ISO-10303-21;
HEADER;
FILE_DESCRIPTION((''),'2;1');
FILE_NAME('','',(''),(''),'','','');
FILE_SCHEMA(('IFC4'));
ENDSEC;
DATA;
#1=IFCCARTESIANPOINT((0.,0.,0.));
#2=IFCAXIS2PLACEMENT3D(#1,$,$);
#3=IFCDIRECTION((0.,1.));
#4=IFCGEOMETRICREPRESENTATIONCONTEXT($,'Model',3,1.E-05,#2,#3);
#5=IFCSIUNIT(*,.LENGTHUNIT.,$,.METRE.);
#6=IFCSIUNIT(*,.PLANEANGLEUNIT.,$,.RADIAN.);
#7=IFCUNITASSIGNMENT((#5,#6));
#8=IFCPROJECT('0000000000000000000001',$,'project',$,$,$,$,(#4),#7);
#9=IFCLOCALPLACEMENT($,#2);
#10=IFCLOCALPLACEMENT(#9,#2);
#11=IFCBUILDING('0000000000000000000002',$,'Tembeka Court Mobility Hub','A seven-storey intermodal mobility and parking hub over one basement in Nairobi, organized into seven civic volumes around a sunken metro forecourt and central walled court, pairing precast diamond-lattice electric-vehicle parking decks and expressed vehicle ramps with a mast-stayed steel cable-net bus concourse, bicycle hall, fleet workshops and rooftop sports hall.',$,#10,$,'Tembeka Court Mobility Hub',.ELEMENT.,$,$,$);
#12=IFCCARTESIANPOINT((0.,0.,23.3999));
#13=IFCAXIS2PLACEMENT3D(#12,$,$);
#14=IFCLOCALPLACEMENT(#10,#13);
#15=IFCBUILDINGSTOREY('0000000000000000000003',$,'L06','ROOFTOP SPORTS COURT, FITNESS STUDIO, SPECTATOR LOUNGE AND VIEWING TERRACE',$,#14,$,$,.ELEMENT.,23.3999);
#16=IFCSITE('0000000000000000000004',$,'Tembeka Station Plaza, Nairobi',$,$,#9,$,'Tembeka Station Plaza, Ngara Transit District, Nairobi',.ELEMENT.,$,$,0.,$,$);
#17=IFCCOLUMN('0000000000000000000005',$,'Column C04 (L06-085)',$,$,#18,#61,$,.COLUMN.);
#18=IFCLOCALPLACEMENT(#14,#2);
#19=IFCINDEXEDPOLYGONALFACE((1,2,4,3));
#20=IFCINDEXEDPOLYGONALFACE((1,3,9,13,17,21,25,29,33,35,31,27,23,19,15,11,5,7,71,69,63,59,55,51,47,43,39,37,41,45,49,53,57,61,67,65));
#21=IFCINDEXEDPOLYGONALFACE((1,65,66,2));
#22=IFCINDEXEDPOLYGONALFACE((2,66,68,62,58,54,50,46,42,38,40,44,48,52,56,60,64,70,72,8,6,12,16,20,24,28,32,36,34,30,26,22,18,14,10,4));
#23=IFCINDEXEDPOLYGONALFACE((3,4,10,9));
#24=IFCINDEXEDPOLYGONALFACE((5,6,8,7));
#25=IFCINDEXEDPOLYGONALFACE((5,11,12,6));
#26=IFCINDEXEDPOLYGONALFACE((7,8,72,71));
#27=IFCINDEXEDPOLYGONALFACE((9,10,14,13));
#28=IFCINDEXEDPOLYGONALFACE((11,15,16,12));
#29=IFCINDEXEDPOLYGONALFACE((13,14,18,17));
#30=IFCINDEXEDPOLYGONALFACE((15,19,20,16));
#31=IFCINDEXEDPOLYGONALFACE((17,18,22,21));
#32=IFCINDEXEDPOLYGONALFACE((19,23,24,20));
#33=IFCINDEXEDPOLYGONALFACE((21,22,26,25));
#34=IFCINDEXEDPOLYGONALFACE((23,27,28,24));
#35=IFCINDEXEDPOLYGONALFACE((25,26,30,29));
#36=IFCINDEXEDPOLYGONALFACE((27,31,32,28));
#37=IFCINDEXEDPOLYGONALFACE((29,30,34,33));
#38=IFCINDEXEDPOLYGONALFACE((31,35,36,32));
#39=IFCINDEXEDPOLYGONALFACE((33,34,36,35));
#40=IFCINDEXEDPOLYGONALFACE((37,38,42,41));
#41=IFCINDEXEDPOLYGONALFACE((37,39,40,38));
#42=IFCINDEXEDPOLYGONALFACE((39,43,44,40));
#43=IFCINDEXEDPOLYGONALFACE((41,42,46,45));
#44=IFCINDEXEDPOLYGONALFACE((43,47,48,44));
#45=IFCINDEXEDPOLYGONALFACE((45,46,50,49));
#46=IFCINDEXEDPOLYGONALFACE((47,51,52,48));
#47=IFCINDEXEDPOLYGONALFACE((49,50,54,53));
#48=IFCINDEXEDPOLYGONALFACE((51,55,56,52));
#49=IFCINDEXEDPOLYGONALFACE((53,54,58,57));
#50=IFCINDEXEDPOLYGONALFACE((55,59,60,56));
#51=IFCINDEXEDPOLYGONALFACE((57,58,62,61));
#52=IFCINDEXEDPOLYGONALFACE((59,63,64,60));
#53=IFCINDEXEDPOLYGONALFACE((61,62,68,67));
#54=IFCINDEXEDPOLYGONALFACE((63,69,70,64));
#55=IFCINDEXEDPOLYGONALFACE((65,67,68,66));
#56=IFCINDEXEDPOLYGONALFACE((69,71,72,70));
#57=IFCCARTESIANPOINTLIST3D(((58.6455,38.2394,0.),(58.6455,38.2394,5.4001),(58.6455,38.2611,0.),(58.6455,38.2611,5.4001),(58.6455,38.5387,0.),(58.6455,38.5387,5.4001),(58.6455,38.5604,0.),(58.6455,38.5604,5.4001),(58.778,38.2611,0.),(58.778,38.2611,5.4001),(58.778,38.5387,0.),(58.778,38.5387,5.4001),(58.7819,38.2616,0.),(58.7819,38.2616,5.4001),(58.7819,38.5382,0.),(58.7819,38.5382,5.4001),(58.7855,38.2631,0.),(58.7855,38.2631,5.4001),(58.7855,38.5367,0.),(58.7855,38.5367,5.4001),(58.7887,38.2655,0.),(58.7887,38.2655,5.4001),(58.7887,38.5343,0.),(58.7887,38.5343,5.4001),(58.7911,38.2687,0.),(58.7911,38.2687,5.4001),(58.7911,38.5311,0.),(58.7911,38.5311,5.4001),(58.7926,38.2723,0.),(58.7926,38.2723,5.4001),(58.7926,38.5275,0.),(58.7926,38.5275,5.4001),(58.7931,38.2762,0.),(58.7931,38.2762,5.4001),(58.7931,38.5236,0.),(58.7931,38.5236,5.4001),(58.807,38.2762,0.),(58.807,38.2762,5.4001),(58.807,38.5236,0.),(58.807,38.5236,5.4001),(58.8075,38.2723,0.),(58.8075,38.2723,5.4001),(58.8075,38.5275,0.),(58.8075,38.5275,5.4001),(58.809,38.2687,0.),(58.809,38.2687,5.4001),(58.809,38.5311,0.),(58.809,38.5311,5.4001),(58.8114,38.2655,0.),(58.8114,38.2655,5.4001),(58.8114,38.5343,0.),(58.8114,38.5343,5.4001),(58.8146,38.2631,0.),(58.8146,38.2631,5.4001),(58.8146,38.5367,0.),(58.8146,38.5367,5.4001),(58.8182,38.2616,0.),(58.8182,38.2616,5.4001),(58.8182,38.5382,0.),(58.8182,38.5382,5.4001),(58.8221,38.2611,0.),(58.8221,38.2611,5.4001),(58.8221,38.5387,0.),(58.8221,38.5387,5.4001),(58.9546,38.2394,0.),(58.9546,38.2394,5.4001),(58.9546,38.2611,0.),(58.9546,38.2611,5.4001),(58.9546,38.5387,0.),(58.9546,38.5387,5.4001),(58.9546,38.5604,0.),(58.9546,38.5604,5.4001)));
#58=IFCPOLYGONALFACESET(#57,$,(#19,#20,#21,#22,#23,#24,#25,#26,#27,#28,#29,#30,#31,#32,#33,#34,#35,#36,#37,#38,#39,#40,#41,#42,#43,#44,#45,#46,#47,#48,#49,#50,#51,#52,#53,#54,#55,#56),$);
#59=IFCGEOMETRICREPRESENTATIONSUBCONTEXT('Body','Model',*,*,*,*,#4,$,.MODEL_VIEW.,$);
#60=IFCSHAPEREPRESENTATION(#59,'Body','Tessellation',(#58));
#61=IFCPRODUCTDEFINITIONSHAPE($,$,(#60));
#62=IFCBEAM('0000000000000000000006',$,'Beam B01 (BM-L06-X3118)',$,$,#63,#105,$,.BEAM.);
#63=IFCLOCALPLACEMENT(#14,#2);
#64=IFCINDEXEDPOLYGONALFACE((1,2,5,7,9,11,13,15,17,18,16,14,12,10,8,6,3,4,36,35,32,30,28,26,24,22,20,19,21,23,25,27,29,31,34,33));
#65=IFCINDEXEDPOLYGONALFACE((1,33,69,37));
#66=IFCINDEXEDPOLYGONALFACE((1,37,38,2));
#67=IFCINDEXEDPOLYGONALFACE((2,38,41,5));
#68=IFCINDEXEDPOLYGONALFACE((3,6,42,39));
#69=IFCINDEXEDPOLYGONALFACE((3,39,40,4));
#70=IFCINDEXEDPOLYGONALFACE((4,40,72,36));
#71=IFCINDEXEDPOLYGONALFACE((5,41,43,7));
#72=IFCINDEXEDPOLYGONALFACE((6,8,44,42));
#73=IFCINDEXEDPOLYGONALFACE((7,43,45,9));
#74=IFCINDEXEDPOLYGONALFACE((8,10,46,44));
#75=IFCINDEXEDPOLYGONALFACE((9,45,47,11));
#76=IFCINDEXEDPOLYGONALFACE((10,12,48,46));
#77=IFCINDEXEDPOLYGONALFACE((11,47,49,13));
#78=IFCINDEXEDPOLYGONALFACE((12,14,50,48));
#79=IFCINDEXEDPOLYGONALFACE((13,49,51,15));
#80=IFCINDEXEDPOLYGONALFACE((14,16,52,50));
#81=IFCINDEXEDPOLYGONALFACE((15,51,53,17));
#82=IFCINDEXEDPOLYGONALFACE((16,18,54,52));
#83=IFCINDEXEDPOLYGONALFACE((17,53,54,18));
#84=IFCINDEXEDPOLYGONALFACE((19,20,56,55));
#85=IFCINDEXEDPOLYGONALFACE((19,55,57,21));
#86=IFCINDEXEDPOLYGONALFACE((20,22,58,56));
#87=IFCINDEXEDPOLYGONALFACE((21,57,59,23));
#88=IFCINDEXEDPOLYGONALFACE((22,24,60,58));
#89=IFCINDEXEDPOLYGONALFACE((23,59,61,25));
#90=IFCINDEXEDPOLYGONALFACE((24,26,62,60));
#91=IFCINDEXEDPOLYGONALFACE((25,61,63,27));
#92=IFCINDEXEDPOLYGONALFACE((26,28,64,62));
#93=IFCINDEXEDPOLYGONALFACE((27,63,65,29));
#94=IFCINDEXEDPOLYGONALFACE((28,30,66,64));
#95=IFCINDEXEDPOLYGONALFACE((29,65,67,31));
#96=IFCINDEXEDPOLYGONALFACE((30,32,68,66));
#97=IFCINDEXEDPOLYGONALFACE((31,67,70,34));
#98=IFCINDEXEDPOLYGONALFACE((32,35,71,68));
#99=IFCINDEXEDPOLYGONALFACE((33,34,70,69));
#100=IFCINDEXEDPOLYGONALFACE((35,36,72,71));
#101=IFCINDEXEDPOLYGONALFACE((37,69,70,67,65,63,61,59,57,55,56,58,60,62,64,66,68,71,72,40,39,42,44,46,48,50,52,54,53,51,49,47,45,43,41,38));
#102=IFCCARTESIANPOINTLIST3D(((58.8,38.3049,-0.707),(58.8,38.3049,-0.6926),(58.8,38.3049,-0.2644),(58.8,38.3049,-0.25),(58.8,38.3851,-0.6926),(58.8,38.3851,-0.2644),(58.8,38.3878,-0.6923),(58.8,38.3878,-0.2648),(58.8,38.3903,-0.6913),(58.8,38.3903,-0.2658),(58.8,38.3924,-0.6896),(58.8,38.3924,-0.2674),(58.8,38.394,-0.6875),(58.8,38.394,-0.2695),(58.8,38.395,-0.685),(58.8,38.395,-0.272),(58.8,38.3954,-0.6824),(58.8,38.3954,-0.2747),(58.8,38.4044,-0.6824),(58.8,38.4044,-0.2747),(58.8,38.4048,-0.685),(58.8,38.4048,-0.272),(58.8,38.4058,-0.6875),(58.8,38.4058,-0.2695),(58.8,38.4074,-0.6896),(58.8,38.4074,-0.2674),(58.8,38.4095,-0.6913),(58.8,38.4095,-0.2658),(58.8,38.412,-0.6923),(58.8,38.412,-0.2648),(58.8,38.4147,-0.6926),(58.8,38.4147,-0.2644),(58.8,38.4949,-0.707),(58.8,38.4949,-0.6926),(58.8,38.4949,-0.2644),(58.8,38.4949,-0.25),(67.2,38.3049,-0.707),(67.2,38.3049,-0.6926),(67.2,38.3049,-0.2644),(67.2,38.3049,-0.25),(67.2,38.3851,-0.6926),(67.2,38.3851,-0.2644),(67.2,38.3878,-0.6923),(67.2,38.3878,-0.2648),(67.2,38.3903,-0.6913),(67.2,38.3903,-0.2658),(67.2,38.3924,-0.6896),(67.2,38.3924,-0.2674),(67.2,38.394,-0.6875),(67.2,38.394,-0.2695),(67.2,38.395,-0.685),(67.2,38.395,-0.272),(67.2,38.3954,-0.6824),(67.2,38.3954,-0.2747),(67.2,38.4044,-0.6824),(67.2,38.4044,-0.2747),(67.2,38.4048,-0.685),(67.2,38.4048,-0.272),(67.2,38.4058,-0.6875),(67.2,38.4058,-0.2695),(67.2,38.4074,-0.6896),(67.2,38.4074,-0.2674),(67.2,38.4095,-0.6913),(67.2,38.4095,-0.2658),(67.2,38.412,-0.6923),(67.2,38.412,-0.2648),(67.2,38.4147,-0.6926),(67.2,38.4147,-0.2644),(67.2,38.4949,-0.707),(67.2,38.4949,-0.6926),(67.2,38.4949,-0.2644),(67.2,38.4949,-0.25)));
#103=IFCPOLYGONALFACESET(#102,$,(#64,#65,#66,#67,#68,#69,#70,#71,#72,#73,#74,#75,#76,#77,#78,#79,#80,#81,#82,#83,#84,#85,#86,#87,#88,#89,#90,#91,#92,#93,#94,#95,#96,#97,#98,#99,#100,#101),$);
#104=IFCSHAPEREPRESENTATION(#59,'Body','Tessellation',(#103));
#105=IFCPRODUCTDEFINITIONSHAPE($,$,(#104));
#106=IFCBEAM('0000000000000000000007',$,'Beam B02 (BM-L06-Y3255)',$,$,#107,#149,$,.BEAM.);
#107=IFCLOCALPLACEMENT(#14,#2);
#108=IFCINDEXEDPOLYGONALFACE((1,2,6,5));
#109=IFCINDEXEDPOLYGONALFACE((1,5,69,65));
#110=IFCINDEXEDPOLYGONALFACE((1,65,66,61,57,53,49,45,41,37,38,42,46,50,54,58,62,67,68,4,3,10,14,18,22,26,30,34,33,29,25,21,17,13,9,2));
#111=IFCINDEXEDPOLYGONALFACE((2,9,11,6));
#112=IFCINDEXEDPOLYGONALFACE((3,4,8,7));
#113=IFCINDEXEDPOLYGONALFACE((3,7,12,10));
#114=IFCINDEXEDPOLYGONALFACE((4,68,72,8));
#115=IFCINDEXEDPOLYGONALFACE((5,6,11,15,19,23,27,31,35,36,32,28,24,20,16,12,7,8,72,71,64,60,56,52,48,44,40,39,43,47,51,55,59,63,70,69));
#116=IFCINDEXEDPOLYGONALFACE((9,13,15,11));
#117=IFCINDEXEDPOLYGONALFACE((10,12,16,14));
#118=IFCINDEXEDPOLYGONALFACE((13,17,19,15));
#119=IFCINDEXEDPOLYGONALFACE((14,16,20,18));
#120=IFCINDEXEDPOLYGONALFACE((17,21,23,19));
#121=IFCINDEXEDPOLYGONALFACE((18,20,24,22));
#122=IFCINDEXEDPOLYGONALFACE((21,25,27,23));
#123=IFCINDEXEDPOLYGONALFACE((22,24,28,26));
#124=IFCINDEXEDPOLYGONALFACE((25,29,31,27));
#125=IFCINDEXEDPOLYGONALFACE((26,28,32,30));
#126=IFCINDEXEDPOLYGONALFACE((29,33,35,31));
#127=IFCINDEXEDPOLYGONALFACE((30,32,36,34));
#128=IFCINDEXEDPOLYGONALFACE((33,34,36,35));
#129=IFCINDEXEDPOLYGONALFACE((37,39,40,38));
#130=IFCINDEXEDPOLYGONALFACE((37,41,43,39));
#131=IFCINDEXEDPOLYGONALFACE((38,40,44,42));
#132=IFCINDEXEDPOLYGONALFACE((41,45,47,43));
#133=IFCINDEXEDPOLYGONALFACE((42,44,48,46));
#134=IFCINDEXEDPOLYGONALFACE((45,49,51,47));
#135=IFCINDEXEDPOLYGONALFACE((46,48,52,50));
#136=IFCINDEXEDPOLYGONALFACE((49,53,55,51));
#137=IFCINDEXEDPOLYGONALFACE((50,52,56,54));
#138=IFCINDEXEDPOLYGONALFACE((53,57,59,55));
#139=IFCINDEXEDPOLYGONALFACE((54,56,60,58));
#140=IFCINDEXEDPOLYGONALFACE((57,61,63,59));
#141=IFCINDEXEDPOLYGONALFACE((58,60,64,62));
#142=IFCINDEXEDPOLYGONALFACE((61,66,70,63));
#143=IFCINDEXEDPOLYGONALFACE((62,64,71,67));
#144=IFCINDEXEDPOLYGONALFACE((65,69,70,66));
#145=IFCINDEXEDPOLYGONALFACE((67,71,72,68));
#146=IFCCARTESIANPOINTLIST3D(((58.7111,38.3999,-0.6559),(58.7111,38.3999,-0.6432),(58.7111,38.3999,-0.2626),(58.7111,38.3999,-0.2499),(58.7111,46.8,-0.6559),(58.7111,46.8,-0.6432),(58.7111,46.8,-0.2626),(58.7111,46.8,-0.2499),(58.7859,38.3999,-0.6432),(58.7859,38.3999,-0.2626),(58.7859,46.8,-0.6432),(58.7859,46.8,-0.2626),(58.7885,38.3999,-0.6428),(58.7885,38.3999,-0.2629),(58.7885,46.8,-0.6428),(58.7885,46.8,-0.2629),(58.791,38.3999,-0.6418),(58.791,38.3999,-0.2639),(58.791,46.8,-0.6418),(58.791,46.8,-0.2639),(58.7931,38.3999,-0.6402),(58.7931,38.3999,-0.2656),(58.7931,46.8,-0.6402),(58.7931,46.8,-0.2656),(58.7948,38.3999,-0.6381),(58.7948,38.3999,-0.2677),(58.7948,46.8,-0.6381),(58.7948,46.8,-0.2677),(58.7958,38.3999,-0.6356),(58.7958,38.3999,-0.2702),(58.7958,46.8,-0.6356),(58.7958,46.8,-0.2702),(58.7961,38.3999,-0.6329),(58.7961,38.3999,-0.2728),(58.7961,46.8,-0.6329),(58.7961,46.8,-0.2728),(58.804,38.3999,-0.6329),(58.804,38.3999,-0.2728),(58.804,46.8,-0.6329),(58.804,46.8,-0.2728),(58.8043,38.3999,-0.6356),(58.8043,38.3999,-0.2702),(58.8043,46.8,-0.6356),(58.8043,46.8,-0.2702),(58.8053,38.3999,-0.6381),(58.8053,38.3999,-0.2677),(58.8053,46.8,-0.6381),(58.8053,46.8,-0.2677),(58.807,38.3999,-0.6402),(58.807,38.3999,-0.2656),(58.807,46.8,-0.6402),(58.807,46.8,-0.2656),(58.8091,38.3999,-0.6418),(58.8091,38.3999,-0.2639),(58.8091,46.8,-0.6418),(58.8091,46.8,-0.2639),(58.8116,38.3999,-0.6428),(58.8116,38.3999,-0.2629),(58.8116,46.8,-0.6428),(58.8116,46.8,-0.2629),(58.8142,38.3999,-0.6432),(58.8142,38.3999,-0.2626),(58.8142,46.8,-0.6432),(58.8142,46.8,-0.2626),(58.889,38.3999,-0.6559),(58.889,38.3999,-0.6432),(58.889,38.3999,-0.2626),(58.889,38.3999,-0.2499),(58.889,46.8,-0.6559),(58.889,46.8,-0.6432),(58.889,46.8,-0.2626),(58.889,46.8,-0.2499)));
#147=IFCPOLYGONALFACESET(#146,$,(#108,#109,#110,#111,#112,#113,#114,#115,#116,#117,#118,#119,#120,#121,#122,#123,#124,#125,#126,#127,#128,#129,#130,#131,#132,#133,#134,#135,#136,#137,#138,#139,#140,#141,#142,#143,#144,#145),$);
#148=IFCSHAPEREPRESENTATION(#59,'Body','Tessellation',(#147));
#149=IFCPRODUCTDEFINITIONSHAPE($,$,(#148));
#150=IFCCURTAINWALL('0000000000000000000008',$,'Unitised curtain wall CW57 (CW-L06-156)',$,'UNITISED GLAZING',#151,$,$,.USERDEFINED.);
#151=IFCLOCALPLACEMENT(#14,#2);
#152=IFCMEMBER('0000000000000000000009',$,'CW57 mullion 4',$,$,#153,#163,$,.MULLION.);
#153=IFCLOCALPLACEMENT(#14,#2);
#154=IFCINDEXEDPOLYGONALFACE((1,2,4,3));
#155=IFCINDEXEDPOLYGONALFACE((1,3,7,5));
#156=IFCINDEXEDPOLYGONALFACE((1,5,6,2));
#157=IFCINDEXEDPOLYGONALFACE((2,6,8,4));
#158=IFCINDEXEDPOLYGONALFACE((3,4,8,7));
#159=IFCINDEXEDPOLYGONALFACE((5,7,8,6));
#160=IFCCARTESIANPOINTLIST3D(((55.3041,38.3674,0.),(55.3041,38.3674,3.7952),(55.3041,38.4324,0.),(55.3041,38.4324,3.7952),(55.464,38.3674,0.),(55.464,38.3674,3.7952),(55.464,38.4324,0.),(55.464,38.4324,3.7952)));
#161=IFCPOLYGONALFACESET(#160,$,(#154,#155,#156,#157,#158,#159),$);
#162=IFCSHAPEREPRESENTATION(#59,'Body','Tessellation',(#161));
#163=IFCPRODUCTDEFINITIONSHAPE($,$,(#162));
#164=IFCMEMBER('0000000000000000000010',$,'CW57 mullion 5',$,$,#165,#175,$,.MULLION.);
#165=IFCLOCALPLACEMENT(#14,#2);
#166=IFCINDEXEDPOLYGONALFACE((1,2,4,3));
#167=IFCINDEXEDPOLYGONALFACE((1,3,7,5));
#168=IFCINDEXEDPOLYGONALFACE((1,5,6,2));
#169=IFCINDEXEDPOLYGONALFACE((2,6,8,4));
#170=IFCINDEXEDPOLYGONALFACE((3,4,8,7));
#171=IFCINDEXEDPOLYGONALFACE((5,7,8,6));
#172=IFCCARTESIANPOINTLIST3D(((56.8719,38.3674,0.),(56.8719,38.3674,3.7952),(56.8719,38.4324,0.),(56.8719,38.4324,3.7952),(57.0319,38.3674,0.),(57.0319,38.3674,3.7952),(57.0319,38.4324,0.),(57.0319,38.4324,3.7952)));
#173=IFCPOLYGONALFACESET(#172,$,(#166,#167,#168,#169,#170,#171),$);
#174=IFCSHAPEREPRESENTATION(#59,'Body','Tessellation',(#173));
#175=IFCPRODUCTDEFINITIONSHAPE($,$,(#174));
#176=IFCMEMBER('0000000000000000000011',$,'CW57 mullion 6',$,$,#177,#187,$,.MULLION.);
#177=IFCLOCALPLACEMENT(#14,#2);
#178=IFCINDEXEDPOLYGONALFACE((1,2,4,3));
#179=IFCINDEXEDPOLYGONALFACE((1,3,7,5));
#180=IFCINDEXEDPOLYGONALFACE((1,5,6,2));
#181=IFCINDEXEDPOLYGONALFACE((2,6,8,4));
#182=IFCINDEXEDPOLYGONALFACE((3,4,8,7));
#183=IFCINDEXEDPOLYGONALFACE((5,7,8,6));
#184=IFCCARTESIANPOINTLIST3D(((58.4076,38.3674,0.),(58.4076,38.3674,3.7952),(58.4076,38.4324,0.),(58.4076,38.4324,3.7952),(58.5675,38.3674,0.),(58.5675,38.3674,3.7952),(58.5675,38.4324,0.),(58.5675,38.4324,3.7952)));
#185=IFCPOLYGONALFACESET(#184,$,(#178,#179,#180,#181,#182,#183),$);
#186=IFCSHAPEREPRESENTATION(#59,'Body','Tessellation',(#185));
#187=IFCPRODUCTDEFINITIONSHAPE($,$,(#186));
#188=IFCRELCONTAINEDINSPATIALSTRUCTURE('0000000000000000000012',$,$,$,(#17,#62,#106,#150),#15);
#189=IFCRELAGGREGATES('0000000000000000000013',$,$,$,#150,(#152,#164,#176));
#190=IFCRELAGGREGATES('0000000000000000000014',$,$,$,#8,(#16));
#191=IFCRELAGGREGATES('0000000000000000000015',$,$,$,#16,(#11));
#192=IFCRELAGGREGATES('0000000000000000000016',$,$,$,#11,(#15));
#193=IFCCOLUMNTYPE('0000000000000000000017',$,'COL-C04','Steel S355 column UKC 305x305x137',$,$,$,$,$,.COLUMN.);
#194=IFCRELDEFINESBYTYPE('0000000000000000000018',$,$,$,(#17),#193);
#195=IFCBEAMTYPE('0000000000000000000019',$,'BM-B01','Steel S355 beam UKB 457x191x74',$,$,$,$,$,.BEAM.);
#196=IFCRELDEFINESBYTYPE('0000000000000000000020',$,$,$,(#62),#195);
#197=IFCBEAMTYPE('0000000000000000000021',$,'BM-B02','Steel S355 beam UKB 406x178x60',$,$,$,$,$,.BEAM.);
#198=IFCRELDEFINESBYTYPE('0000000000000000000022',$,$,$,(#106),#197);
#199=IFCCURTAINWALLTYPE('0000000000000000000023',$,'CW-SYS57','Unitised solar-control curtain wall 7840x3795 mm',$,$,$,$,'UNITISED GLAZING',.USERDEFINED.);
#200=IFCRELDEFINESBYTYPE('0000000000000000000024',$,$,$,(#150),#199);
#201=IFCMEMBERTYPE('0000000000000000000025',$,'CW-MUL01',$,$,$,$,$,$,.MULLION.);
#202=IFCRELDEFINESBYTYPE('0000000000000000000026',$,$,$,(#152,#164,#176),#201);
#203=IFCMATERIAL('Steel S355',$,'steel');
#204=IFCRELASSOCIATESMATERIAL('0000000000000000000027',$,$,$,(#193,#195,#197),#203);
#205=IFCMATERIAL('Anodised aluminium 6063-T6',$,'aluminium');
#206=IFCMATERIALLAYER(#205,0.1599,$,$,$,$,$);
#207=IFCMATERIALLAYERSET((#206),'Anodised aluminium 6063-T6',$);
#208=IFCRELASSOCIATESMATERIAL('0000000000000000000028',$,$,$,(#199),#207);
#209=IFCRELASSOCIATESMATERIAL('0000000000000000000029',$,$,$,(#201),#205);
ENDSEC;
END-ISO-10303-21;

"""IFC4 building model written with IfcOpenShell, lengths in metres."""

from ifc_helpers import new_model, si_unit, direction, frame, origin, origin_2d, place, context, subcontext, project, spatial, rectangle, i_section, extrude, material, layer, layer_set, material_profile, profile_set, type_object, element, aggregate, save


model = new_model("IFC4")

# Units and contexts
model_context = context("Model", 3, precision=1e-05, world=origin(), true_north=direction((0.0, 1.0)))
body_context = subcontext(model_context, "Body", "Model", "MODEL_VIEW")
ifc_project = project(units=[si_unit("LENGTHUNIT", "METRE"), si_unit("PLANEANGLEUNIT", "RADIAN")], contexts=[model_context])

# Site, building, storey
site_placement = place(None, origin())
site = spatial("IfcSite", under=ifc_project, at=site_placement, Name="Tembeka Station Plaza, Nairobi", LongName="Tembeka Station Plaza, Ngara Transit District, Nairobi", CompositionType="ELEMENT", RefElevation=0.0)
building_placement = place(site_placement, origin())
building = spatial("IfcBuilding", under=site, at=building_placement, Name="Tembeka Court Mobility Hub", Description="A seven-storey intermodal mobility and parking hub over one basement in Nairobi, organized into seven civic volumes around a sunken metro forecourt and central walled court, pairing precast diamond-lattice electric-vehicle parking decks and expressed vehicle ramps with a mast-stayed steel cable-net bus concourse, bicycle hall, fleet workshops and rooftop sports hall.", LongName="Tembeka Court Mobility Hub", CompositionType="ELEMENT")
storey_placement = place(building_placement, frame((0.0, 0.0, 23.3999)))
storey = spatial("IfcBuildingStorey", under=building, at=storey_placement, Name="L06", Description="ROOFTOP SPORTS COURT, FITNESS STUDIO, SPECTATOR LOUNGE AND VIEWING TERRACE", CompositionType="ELEMENT", Elevation=23.3999)

# Column
ifc_material_1 = material(Name="Steel S355", Category="steel")
ifc_material_profile_1 = material_profile(ifc_material_1, i_section(OverallWidth=0.3091, OverallDepth=0.321, WebThickness=0.0139, FlangeThickness=0.0217, FilletRadius=0.0151, at=origin_2d()), Name="UKC 305x305x137")
ifc_profile_set_1 = profile_set([ifc_material_profile_1], Name="Steel S355")
column_type = type_object("IfcColumnType", Name="COL-C04", Description="Steel S355 column UKC 305x305x137", PredefinedType="COLUMN", material=ifc_profile_set_1)
column_placement = place(storey_placement, frame((58.8, 38.3999, 0.0), z_axis=(0.0, 0.0, 1.0), x_axis=(1.0, 0.0, 0.0)))
element("IfcColumn", 1, at=column_placement, inside=storey, type_object=column_type, Name="Column C04 (L06-085)", PredefinedType="COLUMN", context=body_context, shape_type="SweptSolid", body=[
    extrude(i_section(OverallWidth=0.3091, OverallDepth=0.321, WebThickness=0.0139, FlangeThickness=0.0217, FilletRadius=0.0151, at=origin_2d()), origin(), (0.0, 0.0, 1.0), 5.4001),
])

# Beams
ifc_material_profile_2 = material_profile(ifc_material_1, i_section(OverallWidth=0.1899, OverallDepth=0.457, WebThickness=0.009, FlangeThickness=0.0144, FilletRadius=0.0103, at=origin_2d()), Name="UKB 457x191x74")
ifc_profile_set_2 = profile_set([ifc_material_profile_2], Name="Steel S355")
beam_type_1 = type_object("IfcBeamType", Name="BM-B01", Description="Steel S355 beam UKB 457x191x74", PredefinedType="BEAM", material=ifc_profile_set_2)
beam_1_placement = place(storey_placement, frame((58.8, 38.3999, -0.4785), z_axis=(1.0, 0.0, 0.0), x_axis=(0.0, 1.0, 0.0)))
element("IfcBeam", 2, at=beam_1_placement, inside=storey, type_object=beam_type_1, Name="Beam B01 (BM-L06-X3118)", PredefinedType="BEAM", context=body_context, shape_type="SweptSolid", body=[
    extrude(i_section(OverallWidth=0.1899, OverallDepth=0.457, WebThickness=0.009, FlangeThickness=0.0144, FilletRadius=0.0103, at=origin_2d()), origin(), (0.0, 0.0, 1.0), 8.3999),
])
ifc_material_profile_3 = material_profile(ifc_material_1, i_section(OverallWidth=0.178, OverallDepth=0.406, WebThickness=0.0078, FlangeThickness=0.0127, FilletRadius=0.0103, at=origin_2d()), Name="UKB 406x178x60")
ifc_profile_set_3 = profile_set([ifc_material_profile_3], Name="Steel S355")
beam_type_2 = type_object("IfcBeamType", Name="BM-B02", Description="Steel S355 beam UKB 406x178x60", PredefinedType="BEAM", material=ifc_profile_set_3)
beam_2_placement = place(storey_placement, frame((58.8, 38.3999, -0.4529), z_axis=(0.0, 1.0, 0.0), x_axis=(-1.0, 0.0, 0.0)))
element("IfcBeam", 3, at=beam_2_placement, inside=storey, type_object=beam_type_2, Name="Beam B02 (BM-L06-Y3255)", PredefinedType="BEAM", context=body_context, shape_type="SweptSolid", body=[
    extrude(i_section(OverallWidth=0.178, OverallDepth=0.406, WebThickness=0.0078, FlangeThickness=0.0127, FilletRadius=0.0103, at=origin_2d()), origin(), (0.0, 0.0, 1.0), 8.4001),
])

# Curtain wall, members
ifc_material_2 = material(Name="Anodised aluminium 6063-T6", Category="aluminium")
ifc_layer_1 = layer(ifc_material_2, 0.1599)
ifc_layer_set_1 = layer_set([ifc_layer_1], Name="Anodised aluminium 6063-T6")
curtain_wall_type = type_object("IfcCurtainWallType", Name="CW-SYS57", Description="Unitised solar-control curtain wall 7840x3795 mm", ElementType="UNITISED GLAZING", PredefinedType="USERDEFINED", material=ifc_layer_set_1)
curtain_wall_1_placement = place(storey_placement, origin())
curtain_wall_1 = element("IfcCurtainWall", 4, at=curtain_wall_1_placement, inside=storey, type_object=curtain_wall_type, Name="Unitised curtain wall CW57 (CW-L06-156)", ObjectType="UNITISED GLAZING", PredefinedType="USERDEFINED")
ifc_material_profile_4 = material_profile(ifc_material_2, rectangle(XDim=0.0649, YDim=0.1599, at=origin_2d()), Name="ALU-MUL 65x160")
ifc_profile_set_4 = profile_set([ifc_material_profile_4], Name="Anodised aluminium 6063-T6")
member_type_1 = type_object("IfcMemberType", Name="CW-MUL01", PredefinedType="MULLION", material=ifc_profile_set_4)
member_1_placement = place(storey_placement, frame((55.384, 38.3999, 0.0), z_axis=(0.0, 0.0, 1.0), x_axis=(0.0, 1.0, 0.0)))
member_1 = element("IfcMember", 5, at=member_1_placement, type_object=member_type_1, Name="CW57 mullion 4", PredefinedType="MULLION", context=body_context, shape_type="SweptSolid", body=[
    extrude(rectangle(XDim=0.0649, YDim=0.1599, at=origin_2d()), origin(), (0.0, 0.0, 1.0), 3.7952),
])
member_2_placement = place(storey_placement, frame((56.9519, 38.3999, 0.0), z_axis=(0.0, 0.0, 1.0), x_axis=(0.0, 1.0, 0.0)))
member_2 = element("IfcMember", 6, at=member_2_placement, type_object=member_type_1, Name="CW57 mullion 5", PredefinedType="MULLION", context=body_context, shape_type="SweptSolid", body=[
    extrude(rectangle(XDim=0.0649, YDim=0.1599, at=origin_2d()), origin(), (0.0, 0.0, 1.0), 3.7952),
])
member_3_placement = place(storey_placement, frame((58.4875, 38.3999, 0.0), z_axis=(0.0, 0.0, 1.0), x_axis=(0.0, 1.0, 0.0)))
member_3 = element("IfcMember", 7, at=member_3_placement, type_object=member_type_1, Name="CW57 mullion 6", PredefinedType="MULLION", context=body_context, shape_type="SweptSolid", body=[
    extrude(rectangle(XDim=0.0649, YDim=0.1599, at=origin_2d()), origin(), (0.0, 0.0, 1.0), 3.7952),
])

aggregate(curtain_wall_1, [member_1, member_2, member_3])

save(model, "model.ifc")
